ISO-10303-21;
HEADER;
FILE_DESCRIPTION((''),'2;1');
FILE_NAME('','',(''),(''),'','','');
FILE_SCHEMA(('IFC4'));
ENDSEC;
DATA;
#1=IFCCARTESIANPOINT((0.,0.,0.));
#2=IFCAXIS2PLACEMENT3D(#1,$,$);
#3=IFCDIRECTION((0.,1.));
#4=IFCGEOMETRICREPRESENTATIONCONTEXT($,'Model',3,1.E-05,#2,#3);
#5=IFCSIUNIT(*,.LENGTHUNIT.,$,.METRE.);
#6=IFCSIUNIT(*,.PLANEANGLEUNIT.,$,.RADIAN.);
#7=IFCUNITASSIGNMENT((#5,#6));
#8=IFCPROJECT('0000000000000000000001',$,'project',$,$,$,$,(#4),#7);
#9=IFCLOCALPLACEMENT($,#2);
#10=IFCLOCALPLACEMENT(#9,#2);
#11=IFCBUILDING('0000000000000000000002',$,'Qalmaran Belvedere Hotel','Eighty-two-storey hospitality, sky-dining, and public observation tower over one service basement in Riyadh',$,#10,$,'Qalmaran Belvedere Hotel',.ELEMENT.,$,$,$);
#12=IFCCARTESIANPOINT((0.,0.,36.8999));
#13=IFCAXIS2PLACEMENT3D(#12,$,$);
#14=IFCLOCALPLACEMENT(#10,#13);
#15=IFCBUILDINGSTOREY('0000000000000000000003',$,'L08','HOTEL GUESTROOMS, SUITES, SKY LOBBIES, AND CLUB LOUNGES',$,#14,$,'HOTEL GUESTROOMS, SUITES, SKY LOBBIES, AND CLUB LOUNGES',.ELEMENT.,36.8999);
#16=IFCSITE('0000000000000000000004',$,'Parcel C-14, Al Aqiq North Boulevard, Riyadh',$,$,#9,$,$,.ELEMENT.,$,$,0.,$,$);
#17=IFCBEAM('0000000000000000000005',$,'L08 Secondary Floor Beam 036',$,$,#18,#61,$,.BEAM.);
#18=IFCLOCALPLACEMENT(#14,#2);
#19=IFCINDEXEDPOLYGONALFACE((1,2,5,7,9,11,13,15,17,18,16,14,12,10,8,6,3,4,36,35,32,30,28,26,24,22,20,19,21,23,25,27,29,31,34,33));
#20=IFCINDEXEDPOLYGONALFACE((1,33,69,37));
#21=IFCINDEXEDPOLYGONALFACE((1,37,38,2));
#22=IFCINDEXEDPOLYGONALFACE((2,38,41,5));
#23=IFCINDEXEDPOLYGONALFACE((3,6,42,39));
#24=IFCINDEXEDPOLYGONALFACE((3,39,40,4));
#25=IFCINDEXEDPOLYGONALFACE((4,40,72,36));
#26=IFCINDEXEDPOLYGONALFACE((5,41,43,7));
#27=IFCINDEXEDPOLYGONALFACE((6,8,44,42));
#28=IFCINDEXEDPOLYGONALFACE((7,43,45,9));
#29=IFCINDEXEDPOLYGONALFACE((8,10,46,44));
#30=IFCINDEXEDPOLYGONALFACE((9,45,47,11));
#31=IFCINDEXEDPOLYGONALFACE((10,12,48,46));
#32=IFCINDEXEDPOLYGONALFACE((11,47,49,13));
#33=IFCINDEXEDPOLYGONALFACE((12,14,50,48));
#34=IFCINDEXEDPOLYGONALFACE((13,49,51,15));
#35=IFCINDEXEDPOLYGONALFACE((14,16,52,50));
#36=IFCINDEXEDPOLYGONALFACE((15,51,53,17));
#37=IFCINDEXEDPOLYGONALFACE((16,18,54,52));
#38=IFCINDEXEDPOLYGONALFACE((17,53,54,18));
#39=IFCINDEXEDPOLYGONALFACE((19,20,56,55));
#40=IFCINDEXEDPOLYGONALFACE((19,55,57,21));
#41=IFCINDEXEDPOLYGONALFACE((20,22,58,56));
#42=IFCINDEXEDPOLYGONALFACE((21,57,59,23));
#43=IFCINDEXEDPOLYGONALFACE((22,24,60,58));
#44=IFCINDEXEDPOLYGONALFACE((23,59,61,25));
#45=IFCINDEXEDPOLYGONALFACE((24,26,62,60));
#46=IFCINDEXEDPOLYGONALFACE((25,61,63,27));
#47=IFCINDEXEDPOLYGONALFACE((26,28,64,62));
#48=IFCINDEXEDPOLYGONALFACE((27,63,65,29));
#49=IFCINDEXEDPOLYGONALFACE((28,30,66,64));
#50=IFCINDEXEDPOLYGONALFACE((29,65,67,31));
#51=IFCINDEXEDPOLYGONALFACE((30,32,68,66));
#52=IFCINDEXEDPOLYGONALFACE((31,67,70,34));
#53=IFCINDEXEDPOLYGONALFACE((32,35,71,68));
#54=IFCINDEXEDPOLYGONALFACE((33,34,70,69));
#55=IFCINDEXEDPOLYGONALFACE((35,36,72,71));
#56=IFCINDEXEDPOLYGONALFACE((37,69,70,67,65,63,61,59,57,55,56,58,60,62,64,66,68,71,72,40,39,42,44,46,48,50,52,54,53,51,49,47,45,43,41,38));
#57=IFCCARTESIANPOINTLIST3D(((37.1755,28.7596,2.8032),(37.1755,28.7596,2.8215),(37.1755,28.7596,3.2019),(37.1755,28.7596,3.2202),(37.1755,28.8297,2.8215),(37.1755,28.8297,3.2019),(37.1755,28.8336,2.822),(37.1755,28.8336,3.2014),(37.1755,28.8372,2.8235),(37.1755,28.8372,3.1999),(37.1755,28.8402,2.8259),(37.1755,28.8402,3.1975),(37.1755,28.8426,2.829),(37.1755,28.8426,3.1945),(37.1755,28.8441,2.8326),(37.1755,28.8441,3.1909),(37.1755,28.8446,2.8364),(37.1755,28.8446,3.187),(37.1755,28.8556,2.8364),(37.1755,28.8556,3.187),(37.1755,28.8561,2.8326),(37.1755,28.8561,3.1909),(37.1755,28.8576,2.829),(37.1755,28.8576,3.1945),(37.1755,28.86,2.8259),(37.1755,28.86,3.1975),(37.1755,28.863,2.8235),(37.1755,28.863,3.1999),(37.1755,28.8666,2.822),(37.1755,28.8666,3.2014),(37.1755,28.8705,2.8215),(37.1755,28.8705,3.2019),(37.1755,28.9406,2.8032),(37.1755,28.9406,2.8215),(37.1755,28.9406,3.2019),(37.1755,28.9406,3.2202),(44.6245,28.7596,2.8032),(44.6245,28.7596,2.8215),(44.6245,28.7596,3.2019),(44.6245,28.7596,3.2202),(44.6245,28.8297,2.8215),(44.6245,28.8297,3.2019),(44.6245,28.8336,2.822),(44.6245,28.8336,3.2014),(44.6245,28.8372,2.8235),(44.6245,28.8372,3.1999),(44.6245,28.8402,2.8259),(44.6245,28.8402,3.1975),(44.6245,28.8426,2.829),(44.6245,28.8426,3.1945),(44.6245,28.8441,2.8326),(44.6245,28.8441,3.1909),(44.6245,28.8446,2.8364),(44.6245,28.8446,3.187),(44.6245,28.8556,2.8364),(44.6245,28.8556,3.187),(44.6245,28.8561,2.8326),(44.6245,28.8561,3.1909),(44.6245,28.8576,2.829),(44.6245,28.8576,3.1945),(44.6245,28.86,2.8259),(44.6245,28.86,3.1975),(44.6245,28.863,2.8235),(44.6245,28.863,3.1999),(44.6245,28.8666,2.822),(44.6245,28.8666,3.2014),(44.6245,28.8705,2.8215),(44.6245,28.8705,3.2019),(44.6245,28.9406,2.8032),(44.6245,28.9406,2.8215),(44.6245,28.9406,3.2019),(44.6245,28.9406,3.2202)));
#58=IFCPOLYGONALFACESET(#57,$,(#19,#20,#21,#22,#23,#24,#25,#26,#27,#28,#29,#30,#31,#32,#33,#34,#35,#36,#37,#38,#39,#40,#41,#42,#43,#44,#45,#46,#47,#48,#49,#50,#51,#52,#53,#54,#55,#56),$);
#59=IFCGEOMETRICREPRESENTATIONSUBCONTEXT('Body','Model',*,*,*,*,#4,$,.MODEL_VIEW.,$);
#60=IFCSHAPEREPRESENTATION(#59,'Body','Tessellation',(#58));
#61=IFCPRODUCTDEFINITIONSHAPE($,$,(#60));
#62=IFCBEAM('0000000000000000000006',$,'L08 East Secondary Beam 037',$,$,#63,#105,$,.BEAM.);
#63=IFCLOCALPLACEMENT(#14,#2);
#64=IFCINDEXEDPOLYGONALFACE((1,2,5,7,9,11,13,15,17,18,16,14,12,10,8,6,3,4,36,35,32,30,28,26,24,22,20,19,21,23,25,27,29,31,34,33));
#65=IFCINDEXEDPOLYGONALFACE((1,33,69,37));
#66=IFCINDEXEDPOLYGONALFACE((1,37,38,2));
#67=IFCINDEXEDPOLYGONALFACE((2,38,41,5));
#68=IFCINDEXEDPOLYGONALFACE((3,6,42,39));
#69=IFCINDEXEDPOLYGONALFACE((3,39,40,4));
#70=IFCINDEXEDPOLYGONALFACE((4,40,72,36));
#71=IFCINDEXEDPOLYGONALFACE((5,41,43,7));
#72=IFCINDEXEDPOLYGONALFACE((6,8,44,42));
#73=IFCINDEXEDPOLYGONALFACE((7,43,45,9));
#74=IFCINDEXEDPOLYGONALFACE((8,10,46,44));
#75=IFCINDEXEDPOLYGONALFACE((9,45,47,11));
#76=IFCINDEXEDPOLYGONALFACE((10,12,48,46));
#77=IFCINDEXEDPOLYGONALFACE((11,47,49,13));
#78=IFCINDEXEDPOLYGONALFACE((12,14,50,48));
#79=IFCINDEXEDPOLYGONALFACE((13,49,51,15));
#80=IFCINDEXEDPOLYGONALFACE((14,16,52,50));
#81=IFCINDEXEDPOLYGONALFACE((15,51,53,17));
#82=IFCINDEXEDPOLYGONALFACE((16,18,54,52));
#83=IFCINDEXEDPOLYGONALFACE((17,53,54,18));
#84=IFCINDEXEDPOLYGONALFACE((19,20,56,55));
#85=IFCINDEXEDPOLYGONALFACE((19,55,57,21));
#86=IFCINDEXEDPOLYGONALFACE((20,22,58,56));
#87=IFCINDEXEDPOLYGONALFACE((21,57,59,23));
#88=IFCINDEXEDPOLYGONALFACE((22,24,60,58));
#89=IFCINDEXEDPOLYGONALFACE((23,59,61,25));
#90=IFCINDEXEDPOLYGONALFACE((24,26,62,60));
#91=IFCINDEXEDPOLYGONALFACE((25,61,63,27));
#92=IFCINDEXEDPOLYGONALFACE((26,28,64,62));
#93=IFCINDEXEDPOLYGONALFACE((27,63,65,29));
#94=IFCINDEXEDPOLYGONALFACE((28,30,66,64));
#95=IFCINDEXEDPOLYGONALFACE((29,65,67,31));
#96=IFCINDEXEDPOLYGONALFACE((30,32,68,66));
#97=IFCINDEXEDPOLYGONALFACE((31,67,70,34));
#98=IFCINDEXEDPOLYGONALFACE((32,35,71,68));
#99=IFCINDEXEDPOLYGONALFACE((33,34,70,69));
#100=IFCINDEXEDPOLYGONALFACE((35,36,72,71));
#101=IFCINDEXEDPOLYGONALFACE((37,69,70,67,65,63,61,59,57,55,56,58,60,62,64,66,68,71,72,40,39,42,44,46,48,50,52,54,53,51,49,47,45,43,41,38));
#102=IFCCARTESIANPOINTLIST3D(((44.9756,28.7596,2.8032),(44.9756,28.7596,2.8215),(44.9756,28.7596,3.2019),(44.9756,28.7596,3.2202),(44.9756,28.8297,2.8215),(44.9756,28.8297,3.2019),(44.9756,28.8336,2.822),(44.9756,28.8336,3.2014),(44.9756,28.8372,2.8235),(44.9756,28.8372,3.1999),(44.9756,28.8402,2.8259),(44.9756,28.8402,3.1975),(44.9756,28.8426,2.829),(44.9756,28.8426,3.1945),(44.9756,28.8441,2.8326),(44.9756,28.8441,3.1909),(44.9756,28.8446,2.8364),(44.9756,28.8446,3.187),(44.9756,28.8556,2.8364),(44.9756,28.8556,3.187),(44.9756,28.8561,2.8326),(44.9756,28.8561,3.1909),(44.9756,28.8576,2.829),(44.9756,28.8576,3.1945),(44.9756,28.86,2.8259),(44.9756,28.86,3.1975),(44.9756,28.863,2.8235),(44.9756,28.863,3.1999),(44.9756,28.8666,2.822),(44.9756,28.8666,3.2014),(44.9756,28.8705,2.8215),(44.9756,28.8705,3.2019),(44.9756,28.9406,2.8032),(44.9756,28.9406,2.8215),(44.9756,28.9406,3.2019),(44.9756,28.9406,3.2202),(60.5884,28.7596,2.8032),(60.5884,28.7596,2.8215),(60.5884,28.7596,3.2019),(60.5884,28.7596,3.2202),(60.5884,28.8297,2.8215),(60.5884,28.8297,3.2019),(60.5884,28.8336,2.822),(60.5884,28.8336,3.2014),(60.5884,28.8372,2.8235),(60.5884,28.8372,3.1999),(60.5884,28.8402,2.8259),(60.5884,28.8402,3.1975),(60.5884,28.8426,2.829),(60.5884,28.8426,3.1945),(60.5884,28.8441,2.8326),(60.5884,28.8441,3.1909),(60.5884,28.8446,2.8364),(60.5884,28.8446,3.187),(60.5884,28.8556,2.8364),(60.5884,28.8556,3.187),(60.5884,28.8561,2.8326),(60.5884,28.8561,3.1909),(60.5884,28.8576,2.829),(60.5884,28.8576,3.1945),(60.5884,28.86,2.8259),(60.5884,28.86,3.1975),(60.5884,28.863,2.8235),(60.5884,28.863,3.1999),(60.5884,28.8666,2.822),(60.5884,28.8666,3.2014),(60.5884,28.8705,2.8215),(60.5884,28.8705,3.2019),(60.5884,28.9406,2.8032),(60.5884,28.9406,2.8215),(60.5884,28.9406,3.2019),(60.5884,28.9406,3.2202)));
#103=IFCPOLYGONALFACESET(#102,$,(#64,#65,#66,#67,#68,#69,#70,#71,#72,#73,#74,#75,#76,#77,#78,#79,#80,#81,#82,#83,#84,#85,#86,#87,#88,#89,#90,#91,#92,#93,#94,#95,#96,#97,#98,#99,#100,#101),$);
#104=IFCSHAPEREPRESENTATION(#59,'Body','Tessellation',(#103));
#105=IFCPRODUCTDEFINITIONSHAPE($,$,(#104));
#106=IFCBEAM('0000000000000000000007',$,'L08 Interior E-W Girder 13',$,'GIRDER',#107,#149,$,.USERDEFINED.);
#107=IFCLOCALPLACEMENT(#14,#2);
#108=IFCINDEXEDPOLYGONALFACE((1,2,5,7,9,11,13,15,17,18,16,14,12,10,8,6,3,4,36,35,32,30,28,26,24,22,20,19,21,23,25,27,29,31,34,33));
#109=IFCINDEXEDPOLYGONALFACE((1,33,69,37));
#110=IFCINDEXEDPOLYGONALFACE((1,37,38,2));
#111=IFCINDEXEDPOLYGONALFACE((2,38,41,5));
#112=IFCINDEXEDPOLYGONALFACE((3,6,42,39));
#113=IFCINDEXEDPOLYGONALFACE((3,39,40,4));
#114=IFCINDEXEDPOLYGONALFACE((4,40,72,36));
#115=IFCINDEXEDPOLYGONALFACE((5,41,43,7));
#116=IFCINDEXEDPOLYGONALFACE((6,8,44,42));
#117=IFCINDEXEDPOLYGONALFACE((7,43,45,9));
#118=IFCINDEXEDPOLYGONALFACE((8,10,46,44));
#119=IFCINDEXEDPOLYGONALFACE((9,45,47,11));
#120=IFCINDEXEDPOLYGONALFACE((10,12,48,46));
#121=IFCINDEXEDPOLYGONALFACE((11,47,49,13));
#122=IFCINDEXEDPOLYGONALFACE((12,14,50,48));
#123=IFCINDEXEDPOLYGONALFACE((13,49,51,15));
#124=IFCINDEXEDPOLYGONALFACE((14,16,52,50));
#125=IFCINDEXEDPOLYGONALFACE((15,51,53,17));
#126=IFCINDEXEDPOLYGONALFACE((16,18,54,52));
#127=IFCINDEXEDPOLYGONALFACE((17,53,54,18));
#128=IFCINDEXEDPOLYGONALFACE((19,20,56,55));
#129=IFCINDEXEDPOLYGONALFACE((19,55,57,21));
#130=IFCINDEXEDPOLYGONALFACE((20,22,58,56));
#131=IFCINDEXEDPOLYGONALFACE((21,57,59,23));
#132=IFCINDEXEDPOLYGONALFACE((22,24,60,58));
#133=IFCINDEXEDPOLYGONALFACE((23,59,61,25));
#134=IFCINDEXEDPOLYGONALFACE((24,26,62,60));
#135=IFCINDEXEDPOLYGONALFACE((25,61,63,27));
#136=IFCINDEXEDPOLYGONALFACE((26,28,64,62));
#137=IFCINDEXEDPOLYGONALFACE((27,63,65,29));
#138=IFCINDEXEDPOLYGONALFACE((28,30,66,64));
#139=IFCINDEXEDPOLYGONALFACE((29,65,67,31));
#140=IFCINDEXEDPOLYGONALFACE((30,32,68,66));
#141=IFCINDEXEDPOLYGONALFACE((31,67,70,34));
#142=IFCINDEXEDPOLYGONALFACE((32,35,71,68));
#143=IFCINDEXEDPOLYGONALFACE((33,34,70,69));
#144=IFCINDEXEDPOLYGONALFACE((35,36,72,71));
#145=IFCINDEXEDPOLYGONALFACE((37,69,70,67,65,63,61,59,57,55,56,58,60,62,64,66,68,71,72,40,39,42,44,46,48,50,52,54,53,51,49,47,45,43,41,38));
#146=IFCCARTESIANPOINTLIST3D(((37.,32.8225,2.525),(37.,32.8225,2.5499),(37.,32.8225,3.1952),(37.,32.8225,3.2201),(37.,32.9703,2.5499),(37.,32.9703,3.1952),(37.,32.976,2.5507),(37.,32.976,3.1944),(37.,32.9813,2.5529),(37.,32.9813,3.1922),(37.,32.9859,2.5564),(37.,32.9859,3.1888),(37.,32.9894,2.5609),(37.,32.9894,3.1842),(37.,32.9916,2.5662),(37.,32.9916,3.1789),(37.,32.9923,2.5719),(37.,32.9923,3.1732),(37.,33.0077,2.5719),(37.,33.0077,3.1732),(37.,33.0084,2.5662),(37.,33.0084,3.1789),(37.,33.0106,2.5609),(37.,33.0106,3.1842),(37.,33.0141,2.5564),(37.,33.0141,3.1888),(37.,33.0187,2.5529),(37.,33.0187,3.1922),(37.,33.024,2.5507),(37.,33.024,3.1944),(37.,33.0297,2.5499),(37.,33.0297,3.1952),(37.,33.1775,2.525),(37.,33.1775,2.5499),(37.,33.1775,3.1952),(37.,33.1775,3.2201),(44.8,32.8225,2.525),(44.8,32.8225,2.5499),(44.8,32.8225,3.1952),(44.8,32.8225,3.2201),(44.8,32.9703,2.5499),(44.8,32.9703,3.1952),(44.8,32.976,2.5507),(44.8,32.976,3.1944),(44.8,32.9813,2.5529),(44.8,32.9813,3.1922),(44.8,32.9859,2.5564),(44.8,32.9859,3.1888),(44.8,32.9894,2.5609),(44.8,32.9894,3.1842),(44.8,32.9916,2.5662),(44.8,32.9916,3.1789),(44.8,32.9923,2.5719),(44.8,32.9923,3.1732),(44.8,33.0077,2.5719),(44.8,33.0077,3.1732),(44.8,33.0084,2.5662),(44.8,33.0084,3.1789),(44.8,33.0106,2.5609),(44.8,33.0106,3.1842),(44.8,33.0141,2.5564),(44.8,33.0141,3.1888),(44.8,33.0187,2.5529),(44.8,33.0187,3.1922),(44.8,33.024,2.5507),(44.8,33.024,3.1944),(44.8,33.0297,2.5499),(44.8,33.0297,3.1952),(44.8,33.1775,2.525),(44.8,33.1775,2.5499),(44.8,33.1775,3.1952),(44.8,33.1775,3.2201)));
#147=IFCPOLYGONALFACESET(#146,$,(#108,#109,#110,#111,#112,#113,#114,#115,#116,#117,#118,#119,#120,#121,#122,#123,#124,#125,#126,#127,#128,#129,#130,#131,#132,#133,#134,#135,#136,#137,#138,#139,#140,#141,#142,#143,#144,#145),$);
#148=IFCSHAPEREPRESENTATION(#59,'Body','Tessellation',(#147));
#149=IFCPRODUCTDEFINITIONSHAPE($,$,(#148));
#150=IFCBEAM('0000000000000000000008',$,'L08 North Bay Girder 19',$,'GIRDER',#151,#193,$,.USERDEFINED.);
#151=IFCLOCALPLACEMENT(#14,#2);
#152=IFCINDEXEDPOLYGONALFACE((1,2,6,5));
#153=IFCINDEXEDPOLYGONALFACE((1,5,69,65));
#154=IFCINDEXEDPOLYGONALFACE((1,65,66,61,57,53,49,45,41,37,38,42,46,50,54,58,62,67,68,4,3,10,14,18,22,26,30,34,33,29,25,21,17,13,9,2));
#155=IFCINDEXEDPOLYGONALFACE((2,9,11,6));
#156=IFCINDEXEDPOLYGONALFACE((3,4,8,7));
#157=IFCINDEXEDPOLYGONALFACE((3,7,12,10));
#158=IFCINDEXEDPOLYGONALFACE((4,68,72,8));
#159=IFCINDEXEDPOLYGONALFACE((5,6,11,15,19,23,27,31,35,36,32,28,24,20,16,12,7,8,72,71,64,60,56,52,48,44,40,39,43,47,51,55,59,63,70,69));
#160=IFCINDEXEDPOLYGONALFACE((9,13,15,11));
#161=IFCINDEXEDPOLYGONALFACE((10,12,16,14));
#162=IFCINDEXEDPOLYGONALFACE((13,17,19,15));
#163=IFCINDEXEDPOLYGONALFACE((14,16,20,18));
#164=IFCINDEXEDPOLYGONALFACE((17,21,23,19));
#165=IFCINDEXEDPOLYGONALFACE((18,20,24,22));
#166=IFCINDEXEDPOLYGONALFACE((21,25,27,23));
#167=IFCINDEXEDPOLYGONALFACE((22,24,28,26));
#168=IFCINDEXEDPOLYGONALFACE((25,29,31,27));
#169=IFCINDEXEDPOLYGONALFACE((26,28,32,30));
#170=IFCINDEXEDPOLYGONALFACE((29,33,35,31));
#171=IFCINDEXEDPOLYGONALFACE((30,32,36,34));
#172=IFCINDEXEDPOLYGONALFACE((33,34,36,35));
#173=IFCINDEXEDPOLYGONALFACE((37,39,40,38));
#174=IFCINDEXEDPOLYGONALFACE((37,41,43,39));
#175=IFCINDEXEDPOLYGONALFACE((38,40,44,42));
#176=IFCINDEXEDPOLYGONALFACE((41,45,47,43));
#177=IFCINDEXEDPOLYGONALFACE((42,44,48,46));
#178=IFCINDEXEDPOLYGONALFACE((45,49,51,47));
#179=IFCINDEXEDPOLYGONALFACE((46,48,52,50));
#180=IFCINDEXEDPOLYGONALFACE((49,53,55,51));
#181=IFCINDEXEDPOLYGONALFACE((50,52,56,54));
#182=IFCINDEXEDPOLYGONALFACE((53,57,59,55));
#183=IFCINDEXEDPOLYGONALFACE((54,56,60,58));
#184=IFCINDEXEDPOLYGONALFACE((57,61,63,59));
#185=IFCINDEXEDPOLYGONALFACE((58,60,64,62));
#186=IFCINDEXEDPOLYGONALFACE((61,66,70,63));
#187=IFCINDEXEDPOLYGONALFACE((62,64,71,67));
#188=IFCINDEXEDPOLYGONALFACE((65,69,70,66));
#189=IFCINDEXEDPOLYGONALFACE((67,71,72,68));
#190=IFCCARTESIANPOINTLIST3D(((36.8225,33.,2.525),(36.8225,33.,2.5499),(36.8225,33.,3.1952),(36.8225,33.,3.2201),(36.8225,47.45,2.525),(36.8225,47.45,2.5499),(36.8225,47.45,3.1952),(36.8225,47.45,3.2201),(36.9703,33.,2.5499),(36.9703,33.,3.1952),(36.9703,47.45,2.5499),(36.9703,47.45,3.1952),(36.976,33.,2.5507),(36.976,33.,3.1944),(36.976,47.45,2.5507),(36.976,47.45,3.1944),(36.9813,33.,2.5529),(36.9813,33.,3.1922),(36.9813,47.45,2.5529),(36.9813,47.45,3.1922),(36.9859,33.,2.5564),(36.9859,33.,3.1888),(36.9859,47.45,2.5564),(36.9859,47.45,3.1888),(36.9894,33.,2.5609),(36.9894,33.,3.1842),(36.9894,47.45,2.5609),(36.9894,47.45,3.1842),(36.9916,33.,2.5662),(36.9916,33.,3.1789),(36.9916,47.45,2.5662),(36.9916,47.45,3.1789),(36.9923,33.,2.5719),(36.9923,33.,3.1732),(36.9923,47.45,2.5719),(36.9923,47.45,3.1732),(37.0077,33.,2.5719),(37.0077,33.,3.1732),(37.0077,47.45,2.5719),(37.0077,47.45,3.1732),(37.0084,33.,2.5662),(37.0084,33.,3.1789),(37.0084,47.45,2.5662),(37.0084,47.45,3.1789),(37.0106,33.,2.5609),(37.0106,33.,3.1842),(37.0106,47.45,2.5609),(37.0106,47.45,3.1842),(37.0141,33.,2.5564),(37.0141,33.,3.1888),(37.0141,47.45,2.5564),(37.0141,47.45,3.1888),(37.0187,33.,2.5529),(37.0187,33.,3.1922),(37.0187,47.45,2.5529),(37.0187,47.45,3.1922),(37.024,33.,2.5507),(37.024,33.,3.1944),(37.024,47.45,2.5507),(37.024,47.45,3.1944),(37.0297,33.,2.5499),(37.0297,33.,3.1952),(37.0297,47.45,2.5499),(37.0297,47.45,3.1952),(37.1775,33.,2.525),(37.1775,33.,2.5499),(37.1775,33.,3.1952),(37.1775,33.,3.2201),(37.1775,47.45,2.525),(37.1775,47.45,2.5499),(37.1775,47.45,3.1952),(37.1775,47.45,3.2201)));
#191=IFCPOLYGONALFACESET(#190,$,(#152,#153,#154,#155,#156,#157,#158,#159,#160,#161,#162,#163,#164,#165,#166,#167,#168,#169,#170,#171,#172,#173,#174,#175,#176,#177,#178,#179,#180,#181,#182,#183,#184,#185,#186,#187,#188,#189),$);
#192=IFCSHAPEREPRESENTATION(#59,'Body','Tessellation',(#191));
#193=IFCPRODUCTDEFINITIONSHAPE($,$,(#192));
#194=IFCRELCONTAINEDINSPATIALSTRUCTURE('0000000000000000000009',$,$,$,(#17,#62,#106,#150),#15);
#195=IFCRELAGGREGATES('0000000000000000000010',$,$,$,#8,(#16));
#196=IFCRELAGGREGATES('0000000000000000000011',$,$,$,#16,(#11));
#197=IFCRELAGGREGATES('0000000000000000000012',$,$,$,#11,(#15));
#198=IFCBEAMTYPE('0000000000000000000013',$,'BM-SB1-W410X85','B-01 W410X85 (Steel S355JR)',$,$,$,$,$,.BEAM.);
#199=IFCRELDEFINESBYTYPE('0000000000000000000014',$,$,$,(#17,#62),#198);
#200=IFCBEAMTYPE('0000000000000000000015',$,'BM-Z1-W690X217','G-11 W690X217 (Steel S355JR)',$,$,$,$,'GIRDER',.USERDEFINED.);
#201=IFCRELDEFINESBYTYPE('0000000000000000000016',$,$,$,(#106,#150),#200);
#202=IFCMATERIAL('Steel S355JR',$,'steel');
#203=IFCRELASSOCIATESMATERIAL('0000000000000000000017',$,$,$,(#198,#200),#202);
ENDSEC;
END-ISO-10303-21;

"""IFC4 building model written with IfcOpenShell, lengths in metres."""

from ifc_helpers import new_model, si_unit, direction, frame, origin, origin_2d, place, context, subcontext, project, spatial, i_section, extrude, material, material_profile, profile_set, type_object, element, save


model = new_model("IFC4")

# Units and contexts
model_context = context("Model", 3, precision=1e-05, world=origin(), true_north=direction((0.0, 1.0)))
body_context = subcontext(model_context, "Body", "Model", "MODEL_VIEW")
ifc_project = project(units=[si_unit("LENGTHUNIT", "METRE"), si_unit("PLANEANGLEUNIT", "RADIAN")], contexts=[model_context])

# Site, building, storey
site_placement = place(None, origin())
site = spatial("IfcSite", under=ifc_project, at=site_placement, Name="Parcel C-14, Al Aqiq North Boulevard, Riyadh", CompositionType="ELEMENT", RefElevation=0.0)
building_placement = place(site_placement, origin())
building = spatial("IfcBuilding", under=site, at=building_placement, Name="Qalmaran Belvedere Hotel", Description="Eighty-two-storey hospitality, sky-dining, and public observation tower over one service basement in Riyadh", LongName="Qalmaran Belvedere Hotel", CompositionType="ELEMENT")
storey_placement = place(building_placement, frame((0.0, 0.0, 36.8999)))
storey = spatial("IfcBuildingStorey", under=building, at=storey_placement, Name="L08", Description="HOTEL GUESTROOMS, SUITES, SKY LOBBIES, AND CLUB LOUNGES", LongName="HOTEL GUESTROOMS, SUITES, SKY LOBBIES, AND CLUB LOUNGES", CompositionType="ELEMENT", Elevation=36.8999)

# Beams
ifc_material_1 = material(Name="Steel S355JR", Category="steel")
ifc_material_profile_1 = material_profile(ifc_material_1, i_section(OverallWidth=0.1809, OverallDepth=0.417, WebThickness=0.011, FlangeThickness=0.0183, FilletRadius=0.0149, at=origin_2d()), Name="W410X85")
ifc_profile_set_1 = profile_set([ifc_material_profile_1], Name="Steel S355JR")
beam_type_1 = type_object("IfcBeamType", Name="BM-SB1-W410X85", Description="B-01 W410X85 (Steel S355JR)", PredefinedType="BEAM", material=ifc_profile_set_1)
beam_1_placement = place(storey_placement, frame((37.1755, 28.8501, 3.0117), z_axis=(1.0, 0.0, 0.0), x_axis=(0.0, 1.0, 0.0)))
element("IfcBeam", 1, at=beam_1_placement, inside=storey, type_object=beam_type_1, Name="L08 Secondary Floor Beam 036", PredefinedType="BEAM", context=body_context, shape_type="SweptSolid", body=[
    extrude(i_section(OverallWidth=0.1809, OverallDepth=0.417, WebThickness=0.011, FlangeThickness=0.0183, FilletRadius=0.0149, at=origin_2d()), origin(), (0.0, 0.0, 1.0), 7.449),
])
beam_2_placement = place(storey_placement, frame((44.9756, 28.8501, 3.0117), z_axis=(1.0, 0.0, 0.0), x_axis=(0.0, 1.0, 0.0)))
element("IfcBeam", 2, at=beam_2_placement, inside=storey, type_object=beam_type_1, Name="L08 East Secondary Beam 037", PredefinedType="BEAM", context=body_context, shape_type="SweptSolid", body=[
    extrude(i_section(OverallWidth=0.1809, OverallDepth=0.417, WebThickness=0.011, FlangeThickness=0.0183, FilletRadius=0.0149, at=origin_2d()), origin(), (0.0, 0.0, 1.0), 15.6128),
])
ifc_material_profile_2 = material_profile(ifc_material_1, i_section(OverallWidth=0.355, OverallDepth=0.6951, WebThickness=0.0154, FlangeThickness=0.0249, FilletRadius=0.022, at=origin_2d()), Name="W690X217")
ifc_profile_set_2 = profile_set([ifc_material_profile_2], Name="Steel S355JR")
beam_type_2 = type_object("IfcBeamType", Name="BM-Z1-W690X217", Description="G-11 W690X217 (Steel S355JR)", ElementType="GIRDER", PredefinedType="USERDEFINED", material=ifc_profile_set_2)
beam_3_placement = place(storey_placement, frame((37.0, 33.0, 2.8726), z_axis=(1.0, 0.0, 0.0), x_axis=(0.0, 1.0, 0.0)))
element("IfcBeam", 3, at=beam_3_placement, inside=storey, type_object=beam_type_2, Name="L08 Interior E-W Girder 13", ObjectType="GIRDER", PredefinedType="USERDEFINED", context=body_context, shape_type="SweptSolid", body=[
    extrude(i_section(OverallWidth=0.355, OverallDepth=0.6951, WebThickness=0.0154, FlangeThickness=0.0249, FilletRadius=0.022, at=origin_2d()), origin(), (0.0, 0.0, 1.0), 7.8),
])
for number, where, z_axis, x_axis, name in (
    (4, (37.0, 33.0, 2.8726), (0.0, 1.0, 0.0), (-1.0, 0.0, 0.0), "L08 North Bay Girder 19"),
):
    element("IfcBeam", number, at=place(storey_placement, frame(where, z_axis=z_axis, x_axis=x_axis)), inside=storey, type_object=beam_type_2, Name=name, ObjectType="GIRDER", PredefinedType="USERDEFINED", context=body_context, shape_type="SweptSolid", body=[
        extrude(i_section(OverallWidth=0.355, OverallDepth=0.6951, WebThickness=0.0154, FlangeThickness=0.0249, FilletRadius=0.022, at=origin_2d()), origin(), (0.0, 0.0, 1.0), 14.45),
    ])

save(model, "model.ifc")
